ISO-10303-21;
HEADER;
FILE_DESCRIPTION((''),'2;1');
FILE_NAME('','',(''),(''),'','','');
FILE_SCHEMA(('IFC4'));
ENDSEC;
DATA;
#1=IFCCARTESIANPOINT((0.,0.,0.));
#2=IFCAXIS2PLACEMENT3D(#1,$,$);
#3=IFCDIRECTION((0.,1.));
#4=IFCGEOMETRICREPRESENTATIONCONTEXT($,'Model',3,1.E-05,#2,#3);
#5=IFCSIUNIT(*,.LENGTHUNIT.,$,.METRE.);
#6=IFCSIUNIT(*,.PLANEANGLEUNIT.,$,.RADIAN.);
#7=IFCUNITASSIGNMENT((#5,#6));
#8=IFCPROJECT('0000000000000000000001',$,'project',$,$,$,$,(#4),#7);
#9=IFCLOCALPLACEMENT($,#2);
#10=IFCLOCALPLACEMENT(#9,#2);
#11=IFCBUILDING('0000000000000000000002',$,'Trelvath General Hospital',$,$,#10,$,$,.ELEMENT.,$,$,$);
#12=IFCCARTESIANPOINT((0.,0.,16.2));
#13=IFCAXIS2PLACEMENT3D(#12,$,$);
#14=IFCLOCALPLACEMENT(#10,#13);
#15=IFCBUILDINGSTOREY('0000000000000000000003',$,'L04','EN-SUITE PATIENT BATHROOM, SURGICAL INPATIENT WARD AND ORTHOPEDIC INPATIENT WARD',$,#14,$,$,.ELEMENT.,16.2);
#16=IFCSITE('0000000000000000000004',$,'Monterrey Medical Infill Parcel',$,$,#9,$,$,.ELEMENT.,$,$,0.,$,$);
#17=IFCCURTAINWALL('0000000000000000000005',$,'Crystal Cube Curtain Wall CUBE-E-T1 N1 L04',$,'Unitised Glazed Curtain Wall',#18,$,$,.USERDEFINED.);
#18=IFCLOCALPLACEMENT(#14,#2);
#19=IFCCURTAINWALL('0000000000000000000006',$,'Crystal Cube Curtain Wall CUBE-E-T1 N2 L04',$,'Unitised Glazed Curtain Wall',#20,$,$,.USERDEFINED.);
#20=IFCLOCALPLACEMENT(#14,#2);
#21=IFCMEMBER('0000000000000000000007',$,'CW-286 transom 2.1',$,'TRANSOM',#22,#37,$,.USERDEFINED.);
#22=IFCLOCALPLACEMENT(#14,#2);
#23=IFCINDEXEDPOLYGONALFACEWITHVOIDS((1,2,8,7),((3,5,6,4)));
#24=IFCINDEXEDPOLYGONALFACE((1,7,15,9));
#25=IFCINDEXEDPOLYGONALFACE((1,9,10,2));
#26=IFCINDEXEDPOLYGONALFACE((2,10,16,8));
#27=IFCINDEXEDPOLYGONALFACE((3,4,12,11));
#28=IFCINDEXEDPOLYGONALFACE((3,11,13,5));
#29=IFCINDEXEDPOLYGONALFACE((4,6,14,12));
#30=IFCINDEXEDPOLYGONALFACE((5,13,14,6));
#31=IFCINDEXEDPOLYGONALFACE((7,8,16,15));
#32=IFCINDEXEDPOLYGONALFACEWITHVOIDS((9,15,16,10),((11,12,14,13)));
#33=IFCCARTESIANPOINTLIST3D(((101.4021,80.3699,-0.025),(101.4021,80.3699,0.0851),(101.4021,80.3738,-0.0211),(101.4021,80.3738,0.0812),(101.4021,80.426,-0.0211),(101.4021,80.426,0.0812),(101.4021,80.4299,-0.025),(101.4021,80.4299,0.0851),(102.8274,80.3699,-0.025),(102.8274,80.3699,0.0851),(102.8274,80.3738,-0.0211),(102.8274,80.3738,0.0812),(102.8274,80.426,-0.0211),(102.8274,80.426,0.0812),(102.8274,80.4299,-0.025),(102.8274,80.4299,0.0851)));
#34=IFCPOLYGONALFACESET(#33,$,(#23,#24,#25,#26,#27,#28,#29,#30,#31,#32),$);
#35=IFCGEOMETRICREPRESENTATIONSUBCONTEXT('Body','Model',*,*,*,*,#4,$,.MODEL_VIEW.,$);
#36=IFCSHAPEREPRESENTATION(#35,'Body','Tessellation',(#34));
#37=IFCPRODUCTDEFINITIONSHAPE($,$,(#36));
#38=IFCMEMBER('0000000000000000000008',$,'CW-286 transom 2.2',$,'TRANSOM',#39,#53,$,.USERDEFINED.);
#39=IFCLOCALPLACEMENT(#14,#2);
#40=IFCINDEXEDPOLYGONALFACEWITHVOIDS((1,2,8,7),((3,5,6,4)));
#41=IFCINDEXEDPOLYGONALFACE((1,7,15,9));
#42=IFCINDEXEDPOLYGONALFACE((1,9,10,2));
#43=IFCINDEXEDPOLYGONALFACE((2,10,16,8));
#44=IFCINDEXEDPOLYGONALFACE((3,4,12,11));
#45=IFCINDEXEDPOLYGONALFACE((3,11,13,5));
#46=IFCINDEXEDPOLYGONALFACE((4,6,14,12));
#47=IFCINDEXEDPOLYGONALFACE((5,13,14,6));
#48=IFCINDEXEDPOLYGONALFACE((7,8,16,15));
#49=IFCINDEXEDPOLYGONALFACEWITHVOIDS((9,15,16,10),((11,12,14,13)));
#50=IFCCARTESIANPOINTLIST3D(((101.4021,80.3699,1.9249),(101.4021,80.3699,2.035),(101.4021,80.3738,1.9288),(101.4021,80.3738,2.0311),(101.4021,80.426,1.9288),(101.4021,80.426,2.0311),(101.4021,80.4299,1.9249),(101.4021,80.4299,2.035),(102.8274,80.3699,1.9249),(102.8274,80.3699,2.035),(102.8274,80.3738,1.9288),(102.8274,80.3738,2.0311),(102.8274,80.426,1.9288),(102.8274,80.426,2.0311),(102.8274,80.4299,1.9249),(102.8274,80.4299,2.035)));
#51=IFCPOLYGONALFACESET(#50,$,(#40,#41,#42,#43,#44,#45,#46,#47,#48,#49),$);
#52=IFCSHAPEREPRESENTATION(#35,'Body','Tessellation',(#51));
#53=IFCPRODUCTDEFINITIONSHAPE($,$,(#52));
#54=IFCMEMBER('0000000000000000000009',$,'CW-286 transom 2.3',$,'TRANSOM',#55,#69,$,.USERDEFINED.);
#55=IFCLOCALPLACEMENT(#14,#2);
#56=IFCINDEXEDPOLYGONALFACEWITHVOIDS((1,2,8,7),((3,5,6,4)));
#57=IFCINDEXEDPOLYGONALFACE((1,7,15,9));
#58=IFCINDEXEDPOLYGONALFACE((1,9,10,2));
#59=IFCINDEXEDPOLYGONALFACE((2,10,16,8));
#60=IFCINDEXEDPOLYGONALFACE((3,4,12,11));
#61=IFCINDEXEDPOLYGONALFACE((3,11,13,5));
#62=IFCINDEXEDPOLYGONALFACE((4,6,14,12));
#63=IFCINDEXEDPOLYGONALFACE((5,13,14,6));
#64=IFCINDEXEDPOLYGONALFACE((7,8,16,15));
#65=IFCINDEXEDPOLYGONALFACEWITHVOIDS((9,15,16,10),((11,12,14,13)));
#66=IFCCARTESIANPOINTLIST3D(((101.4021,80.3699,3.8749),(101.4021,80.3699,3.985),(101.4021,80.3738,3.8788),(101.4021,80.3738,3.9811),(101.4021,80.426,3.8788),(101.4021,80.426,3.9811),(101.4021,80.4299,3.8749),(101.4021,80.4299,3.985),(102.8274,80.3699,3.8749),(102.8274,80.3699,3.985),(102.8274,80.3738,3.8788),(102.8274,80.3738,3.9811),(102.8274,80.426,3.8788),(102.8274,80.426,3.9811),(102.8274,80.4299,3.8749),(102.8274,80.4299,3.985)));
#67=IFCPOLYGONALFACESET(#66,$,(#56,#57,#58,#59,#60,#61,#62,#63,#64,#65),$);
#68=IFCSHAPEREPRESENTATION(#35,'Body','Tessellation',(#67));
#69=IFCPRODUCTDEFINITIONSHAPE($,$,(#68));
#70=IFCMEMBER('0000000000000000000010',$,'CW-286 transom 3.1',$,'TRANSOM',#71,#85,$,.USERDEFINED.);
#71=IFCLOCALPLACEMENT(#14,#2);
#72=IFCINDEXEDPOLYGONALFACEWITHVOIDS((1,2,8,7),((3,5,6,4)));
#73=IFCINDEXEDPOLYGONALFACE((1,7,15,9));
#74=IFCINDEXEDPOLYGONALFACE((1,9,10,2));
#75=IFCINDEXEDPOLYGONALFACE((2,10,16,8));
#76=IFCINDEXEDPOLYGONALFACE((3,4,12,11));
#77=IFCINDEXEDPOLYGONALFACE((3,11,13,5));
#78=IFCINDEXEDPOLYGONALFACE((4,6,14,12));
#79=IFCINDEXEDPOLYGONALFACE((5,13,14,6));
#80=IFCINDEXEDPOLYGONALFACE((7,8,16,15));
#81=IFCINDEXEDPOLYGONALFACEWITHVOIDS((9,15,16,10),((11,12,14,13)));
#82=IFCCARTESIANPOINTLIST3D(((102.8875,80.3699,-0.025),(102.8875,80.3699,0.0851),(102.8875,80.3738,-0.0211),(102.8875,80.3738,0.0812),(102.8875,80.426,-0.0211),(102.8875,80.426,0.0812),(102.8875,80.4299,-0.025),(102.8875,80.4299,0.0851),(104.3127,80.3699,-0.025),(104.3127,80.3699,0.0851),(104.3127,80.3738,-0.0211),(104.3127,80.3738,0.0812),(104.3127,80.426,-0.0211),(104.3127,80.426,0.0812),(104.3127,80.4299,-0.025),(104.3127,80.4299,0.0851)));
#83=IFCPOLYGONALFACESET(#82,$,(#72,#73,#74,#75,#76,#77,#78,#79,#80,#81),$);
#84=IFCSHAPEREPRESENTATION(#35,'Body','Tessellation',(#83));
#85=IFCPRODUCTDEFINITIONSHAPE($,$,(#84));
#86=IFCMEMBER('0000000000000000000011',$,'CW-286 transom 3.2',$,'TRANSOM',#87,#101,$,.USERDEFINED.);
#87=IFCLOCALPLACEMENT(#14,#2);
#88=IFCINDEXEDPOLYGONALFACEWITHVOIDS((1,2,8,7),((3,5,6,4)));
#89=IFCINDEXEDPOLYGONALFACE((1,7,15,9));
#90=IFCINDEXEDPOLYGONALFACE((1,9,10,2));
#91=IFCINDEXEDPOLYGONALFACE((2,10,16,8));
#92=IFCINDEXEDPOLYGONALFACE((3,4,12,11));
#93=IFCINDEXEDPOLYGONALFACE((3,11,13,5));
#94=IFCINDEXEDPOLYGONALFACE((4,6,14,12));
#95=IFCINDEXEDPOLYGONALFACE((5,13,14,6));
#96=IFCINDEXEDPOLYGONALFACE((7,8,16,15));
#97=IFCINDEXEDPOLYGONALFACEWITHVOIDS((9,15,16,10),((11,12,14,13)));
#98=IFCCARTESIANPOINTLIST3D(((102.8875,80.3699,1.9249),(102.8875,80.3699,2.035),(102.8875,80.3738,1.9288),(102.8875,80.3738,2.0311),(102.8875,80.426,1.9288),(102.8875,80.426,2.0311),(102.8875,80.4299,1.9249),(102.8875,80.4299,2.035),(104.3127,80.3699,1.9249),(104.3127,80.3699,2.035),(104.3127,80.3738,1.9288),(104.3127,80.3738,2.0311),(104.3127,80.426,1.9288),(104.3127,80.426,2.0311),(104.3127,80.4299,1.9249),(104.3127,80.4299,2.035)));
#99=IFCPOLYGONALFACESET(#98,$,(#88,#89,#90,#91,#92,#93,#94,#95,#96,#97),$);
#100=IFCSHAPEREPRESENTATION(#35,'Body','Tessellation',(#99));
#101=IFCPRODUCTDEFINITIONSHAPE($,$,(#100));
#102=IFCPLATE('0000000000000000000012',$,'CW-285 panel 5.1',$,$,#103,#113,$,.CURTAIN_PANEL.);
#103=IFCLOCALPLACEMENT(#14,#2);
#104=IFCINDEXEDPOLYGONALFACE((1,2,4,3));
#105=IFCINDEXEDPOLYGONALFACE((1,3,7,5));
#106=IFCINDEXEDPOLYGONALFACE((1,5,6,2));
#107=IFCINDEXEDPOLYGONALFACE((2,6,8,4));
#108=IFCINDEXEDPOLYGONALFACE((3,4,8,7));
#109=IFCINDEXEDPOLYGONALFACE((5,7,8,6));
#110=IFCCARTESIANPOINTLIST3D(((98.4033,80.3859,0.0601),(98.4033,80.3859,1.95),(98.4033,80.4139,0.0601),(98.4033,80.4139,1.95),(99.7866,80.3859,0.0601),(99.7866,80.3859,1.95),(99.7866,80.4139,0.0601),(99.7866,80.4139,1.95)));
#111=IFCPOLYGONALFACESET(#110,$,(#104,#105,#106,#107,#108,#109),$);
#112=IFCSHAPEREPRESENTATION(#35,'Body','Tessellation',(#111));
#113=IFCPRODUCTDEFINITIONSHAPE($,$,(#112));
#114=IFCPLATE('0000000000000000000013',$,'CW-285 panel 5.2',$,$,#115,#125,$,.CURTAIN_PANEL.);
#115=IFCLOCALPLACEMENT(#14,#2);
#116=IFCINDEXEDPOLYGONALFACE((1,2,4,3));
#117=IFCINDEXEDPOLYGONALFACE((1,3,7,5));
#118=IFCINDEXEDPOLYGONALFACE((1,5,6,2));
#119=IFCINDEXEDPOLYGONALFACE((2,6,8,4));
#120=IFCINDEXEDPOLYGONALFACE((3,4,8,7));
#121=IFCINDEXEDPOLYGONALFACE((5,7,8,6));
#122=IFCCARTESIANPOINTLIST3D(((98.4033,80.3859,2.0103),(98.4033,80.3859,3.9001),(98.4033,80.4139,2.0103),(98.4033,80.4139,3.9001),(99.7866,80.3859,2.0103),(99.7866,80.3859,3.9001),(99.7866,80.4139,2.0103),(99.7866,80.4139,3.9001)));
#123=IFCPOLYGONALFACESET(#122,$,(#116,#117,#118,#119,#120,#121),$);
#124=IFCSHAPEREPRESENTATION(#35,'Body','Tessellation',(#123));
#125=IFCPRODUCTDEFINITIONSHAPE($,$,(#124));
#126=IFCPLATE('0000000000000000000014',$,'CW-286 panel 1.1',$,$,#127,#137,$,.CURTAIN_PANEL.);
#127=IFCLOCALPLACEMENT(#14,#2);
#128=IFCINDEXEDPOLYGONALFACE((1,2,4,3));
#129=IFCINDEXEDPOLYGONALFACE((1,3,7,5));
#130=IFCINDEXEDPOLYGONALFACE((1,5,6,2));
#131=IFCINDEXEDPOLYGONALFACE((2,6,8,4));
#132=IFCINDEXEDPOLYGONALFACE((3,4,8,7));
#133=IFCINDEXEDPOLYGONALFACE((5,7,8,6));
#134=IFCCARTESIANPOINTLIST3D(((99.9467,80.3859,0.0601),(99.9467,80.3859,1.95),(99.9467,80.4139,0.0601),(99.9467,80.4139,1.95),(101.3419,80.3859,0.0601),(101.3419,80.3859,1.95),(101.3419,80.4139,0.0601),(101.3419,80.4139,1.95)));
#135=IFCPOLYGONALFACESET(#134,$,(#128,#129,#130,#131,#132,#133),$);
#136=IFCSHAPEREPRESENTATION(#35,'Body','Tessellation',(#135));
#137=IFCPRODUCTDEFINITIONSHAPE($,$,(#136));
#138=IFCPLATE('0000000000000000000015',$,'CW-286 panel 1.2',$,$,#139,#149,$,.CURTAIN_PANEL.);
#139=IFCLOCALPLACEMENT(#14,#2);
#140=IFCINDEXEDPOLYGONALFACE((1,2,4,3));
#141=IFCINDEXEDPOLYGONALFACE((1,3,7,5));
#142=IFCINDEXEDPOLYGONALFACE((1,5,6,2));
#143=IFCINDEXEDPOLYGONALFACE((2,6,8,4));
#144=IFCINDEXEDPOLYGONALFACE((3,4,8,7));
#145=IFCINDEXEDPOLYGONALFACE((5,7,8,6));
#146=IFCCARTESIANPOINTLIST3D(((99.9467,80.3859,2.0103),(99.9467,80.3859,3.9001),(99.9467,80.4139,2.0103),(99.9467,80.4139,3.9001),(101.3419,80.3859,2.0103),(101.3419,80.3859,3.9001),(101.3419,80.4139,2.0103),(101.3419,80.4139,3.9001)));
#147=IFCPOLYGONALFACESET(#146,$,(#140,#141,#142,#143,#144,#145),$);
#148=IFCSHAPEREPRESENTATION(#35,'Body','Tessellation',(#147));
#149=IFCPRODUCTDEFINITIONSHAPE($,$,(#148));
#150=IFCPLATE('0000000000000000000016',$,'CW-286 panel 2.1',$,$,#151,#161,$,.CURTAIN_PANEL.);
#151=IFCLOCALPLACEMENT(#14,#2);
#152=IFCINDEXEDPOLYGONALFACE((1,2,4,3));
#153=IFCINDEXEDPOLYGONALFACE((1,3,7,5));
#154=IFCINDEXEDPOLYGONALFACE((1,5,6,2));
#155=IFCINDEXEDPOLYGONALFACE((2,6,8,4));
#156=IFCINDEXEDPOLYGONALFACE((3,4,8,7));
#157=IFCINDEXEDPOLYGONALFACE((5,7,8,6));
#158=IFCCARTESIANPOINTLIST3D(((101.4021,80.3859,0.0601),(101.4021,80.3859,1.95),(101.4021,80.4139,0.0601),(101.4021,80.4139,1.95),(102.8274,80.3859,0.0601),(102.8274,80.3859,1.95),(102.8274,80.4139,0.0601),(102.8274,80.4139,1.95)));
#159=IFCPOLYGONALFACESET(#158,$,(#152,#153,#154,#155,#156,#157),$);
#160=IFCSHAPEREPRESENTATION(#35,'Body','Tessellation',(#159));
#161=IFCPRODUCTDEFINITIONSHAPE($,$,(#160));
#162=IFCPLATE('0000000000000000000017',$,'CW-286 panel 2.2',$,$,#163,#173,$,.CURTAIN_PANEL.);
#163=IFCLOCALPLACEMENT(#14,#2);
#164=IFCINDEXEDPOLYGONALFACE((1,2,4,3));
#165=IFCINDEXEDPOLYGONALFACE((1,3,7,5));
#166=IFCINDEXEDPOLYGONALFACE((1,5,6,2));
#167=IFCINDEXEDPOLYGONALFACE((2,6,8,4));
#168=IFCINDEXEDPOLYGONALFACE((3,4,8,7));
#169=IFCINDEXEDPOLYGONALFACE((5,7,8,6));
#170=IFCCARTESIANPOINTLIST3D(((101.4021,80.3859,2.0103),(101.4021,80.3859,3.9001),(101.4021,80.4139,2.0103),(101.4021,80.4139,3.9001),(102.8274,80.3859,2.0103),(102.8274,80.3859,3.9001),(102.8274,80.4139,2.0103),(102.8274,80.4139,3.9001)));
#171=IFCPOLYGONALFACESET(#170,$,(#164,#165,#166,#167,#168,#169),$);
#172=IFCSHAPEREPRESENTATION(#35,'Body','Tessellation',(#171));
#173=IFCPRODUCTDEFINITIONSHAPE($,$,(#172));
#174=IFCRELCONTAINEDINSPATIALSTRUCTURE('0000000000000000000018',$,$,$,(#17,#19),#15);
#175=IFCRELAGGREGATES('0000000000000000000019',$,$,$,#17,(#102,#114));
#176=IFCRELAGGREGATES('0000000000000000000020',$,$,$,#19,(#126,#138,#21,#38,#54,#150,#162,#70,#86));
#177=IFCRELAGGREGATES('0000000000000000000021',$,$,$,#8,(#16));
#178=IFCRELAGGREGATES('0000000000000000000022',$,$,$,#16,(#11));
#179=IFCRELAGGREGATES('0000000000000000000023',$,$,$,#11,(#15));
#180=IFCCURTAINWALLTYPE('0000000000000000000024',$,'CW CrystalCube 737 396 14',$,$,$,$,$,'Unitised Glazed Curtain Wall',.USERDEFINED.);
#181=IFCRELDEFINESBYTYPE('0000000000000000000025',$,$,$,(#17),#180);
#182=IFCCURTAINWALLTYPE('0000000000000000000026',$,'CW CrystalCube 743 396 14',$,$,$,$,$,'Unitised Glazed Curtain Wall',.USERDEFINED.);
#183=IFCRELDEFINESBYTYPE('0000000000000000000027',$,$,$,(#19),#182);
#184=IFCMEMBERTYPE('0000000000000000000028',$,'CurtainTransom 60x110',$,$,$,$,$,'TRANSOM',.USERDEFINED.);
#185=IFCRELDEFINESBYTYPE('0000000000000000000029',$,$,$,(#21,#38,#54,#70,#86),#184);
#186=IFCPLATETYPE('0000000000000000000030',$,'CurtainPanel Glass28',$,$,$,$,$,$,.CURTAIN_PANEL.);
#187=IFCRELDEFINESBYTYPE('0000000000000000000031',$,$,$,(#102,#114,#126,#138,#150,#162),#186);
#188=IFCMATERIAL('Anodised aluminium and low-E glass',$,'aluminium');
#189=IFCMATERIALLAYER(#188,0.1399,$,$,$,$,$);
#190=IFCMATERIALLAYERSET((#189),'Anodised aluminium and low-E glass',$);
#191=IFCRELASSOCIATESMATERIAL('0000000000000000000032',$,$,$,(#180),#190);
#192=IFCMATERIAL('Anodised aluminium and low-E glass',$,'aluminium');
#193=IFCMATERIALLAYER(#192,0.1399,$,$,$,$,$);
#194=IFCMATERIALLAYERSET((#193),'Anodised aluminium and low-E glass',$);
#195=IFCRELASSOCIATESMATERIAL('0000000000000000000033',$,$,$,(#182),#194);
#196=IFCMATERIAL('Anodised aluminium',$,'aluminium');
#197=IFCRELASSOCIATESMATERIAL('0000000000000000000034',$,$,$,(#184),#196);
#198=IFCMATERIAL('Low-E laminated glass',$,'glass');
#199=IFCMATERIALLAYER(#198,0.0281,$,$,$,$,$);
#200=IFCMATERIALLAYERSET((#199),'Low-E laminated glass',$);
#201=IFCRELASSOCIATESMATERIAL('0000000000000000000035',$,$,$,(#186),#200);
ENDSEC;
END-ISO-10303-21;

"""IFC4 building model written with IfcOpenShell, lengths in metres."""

from ifc_helpers import new_model, si_unit, direction, frame, origin, origin_2d, place, context, subcontext, project, spatial, rectangle, hollow_rectangle, extrude, material, layer, layer_set, material_profile, profile_set, type_object, element, aggregate, save


model = new_model("IFC4")

# Units and contexts
model_context = context("Model", 3, precision=1e-05, world=origin(), true_north=direction((0.0, 1.0)))
body_context = subcontext(model_context, "Body", "Model", "MODEL_VIEW")
ifc_project = project(units=[si_unit("LENGTHUNIT", "METRE"), si_unit("PLANEANGLEUNIT", "RADIAN")], contexts=[model_context])

# Site, building, storey
site_placement = place(None, origin())
site = spatial("IfcSite", under=ifc_project, at=site_placement, Name="Monterrey Medical Infill Parcel", CompositionType="ELEMENT", RefElevation=0.0)
building_placement = place(site_placement, origin())
building = spatial("IfcBuilding", under=site, at=building_placement, Name="Trelvath General Hospital", CompositionType="ELEMENT")
storey_placement = place(building_placement, frame((0.0, 0.0, 16.2)))
storey = spatial("IfcBuildingStorey", under=building, at=storey_placement, Name="L04", Description="EN-SUITE PATIENT BATHROOM, SURGICAL INPATIENT WARD AND ORTHOPEDIC INPATIENT WARD", CompositionType="ELEMENT", Elevation=16.2)

# Curtain walls
ifc_material_1 = material(Name="Anodised aluminium and low-E glass", Category="aluminium")
ifc_layer_1 = layer(ifc_material_1, 0.1399)
ifc_layer_set_1 = layer_set([ifc_layer_1], Name="Anodised aluminium and low-E glass")
curtain_wall_type_1 = type_object("IfcCurtainWallType", Name="CW CrystalCube 737 396 14", ElementType="Unitised Glazed Curtain Wall", PredefinedType="USERDEFINED", material=ifc_layer_set_1)
curtain_wall_1_placement = place(storey_placement, origin())
curtain_wall_1 = element("IfcCurtainWall", 1, at=curtain_wall_1_placement, inside=storey, type_object=curtain_wall_type_1, Name="Crystal Cube Curtain Wall CUBE-E-T1 N1 L04", ObjectType="Unitised Glazed Curtain Wall", PredefinedType="USERDEFINED")
ifc_material_2 = material(Name="Anodised aluminium and low-E glass", Category="aluminium")
ifc_layer_2 = layer(ifc_material_2, 0.1399)
ifc_layer_set_2 = layer_set([ifc_layer_2], Name="Anodised aluminium and low-E glass")
curtain_wall_type_2 = type_object("IfcCurtainWallType", Name="CW CrystalCube 743 396 14", ElementType="Unitised Glazed Curtain Wall", PredefinedType="USERDEFINED", material=ifc_layer_set_2)
curtain_wall_2_placement = place(storey_placement, origin())
curtain_wall_2 = element("IfcCurtainWall", 2, at=curtain_wall_2_placement, inside=storey, type_object=curtain_wall_type_2, Name="Crystal Cube Curtain Wall CUBE-E-T1 N2 L04", ObjectType="Unitised Glazed Curtain Wall", PredefinedType="USERDEFINED")

# Members
ifc_material_3 = material(Name="Anodised aluminium", Category="aluminium")
ifc_material_profile_1 = material_profile(ifc_material_3, hollow_rectangle(XDim=0.0601, YDim=0.1101, WallThickness=0.0039, at=origin_2d()), Name="RHS60x110x4")
ifc_profile_set_1 = profile_set([ifc_material_profile_1], Name="Anodised aluminium")
member_type_1 = type_object("IfcMemberType", Name="CurtainTransom 60x110", ElementType="TRANSOM", PredefinedType="USERDEFINED", material=ifc_profile_set_1)
member_1_placement = place(storey_placement, frame((101.4021, 80.3999, 0.03), z_axis=(1.0, 0.0, 0.0), x_axis=(0.0, 1.0, 0.0)))
member_1 = element("IfcMember", 3, at=member_1_placement, type_object=member_type_1, Name="CW-286 transom 2.1", ObjectType="TRANSOM", PredefinedType="USERDEFINED", context=body_context, shape_type="SweptSolid", body=[
    extrude(hollow_rectangle(XDim=0.0601, YDim=0.1101, WallThickness=0.0039, at=origin_2d()), origin(), (0.0, 0.0, 1.0), 1.4253),
])
member_2_placement = place(storey_placement, frame((101.4021, 80.3999, 1.98), z_axis=(1.0, 0.0, 0.0), x_axis=(0.0, 1.0, 0.0)))
member_2 = element("IfcMember", 4, at=member_2_placement, type_object=member_type_1, Name="CW-286 transom 2.2", ObjectType="TRANSOM", PredefinedType="USERDEFINED", context=body_context, shape_type="SweptSolid", body=[
    extrude(hollow_rectangle(XDim=0.0601, YDim=0.1101, WallThickness=0.0039, at=origin_2d()), origin(), (0.0, 0.0, 1.0), 1.4253),
])
member_3_placement = place(storey_placement, frame((101.4021, 80.3999, 3.9299), z_axis=(1.0, 0.0, 0.0), x_axis=(0.0, 1.0, 0.0)))
member_3 = element("IfcMember", 5, at=member_3_placement, type_object=member_type_1, Name="CW-286 transom 2.3", ObjectType="TRANSOM", PredefinedType="USERDEFINED", context=body_context, shape_type="SweptSolid", body=[
    extrude(hollow_rectangle(XDim=0.0601, YDim=0.1101, WallThickness=0.0039, at=origin_2d()), origin(), (0.0, 0.0, 1.0), 1.4253),
])
member_4_placement = place(storey_placement, frame((102.8875, 80.3999, 0.03), z_axis=(1.0, 0.0, 0.0), x_axis=(0.0, 1.0, 0.0)))
member_4 = element("IfcMember", 6, at=member_4_placement, type_object=member_type_1, Name="CW-286 transom 3.1", ObjectType="TRANSOM", PredefinedType="USERDEFINED", context=body_context, shape_type="SweptSolid", body=[
    extrude(hollow_rectangle(XDim=0.0601, YDim=0.1101, WallThickness=0.0039, at=origin_2d()), origin(), (0.0, 0.0, 1.0), 1.4253),
])
member_5_placement = place(storey_placement, frame((102.8875, 80.3999, 1.98), z_axis=(1.0, 0.0, 0.0), x_axis=(0.0, 1.0, 0.0)))
member_5 = element("IfcMember", 7, at=member_5_placement, type_object=member_type_1, Name="CW-286 transom 3.2", ObjectType="TRANSOM", PredefinedType="USERDEFINED", context=body_context, shape_type="SweptSolid", body=[
    extrude(hollow_rectangle(XDim=0.0601, YDim=0.1101, WallThickness=0.0039, at=origin_2d()), origin(), (0.0, 0.0, 1.0), 1.4253),
])

# Plates
ifc_material_4 = material(Name="Low-E laminated glass", Category="glass")
ifc_layer_3 = layer(ifc_material_4, 0.0281)
ifc_layer_set_3 = layer_set([ifc_layer_3], Name="Low-E laminated glass")
plate_type = type_object("IfcPlateType", Name="CurtainPanel Glass28", PredefinedType="CURTAIN_PANEL", material=ifc_layer_set_3)
plate_1_placement = place(storey_placement, frame((99.095, 80.3999, 0.0601), z_axis=(0.0, 0.0, 1.0), x_axis=(1.0, 0.0, 0.0)))
plate_1 = element("IfcPlate", 8, at=plate_1_placement, type_object=plate_type, Name="CW-285 panel 5.1", PredefinedType="CURTAIN_PANEL", context=body_context, shape_type="SweptSolid", body=[
    extrude(rectangle(XDim=1.3833, YDim=0.0281, at=origin_2d()), origin(), (0.0, 0.0, 1.0), 1.8899),
])
plate_2_placement = place(storey_placement, frame((99.095, 80.3999, 2.0103), z_axis=(0.0, 0.0, 1.0), x_axis=(1.0, 0.0, 0.0)))
plate_2 = element("IfcPlate", 9, at=plate_2_placement, type_object=plate_type, Name="CW-285 panel 5.2", PredefinedType="CURTAIN_PANEL", context=body_context, shape_type="SweptSolid", body=[
    extrude(rectangle(XDim=1.3833, YDim=0.0281, at=origin_2d()), origin(), (0.0, 0.0, 1.0), 1.8899),
])
aggregate(curtain_wall_1, [plate_1, plate_2])
plate_3_placement = place(storey_placement, frame((100.6443, 80.3999, 0.0601), z_axis=(0.0, 0.0, 1.0), x_axis=(1.0, 0.0, 0.0)))
plate_3 = element("IfcPlate", 10, at=plate_3_placement, type_object=plate_type, Name="CW-286 panel 1.1", PredefinedType="CURTAIN_PANEL", context=body_context, shape_type="SweptSolid", body=[
    extrude(rectangle(XDim=1.3953, YDim=0.0281, at=origin_2d()), origin(), (0.0, 0.0, 1.0), 1.8899),
])
plate_4_placement = place(storey_placement, frame((100.6443, 80.3999, 2.0103), z_axis=(0.0, 0.0, 1.0), x_axis=(1.0, 0.0, 0.0)))
plate_4 = element("IfcPlate", 11, at=plate_4_placement, type_object=plate_type, Name="CW-286 panel 1.2", PredefinedType="CURTAIN_PANEL", context=body_context, shape_type="SweptSolid", body=[
    extrude(rectangle(XDim=1.3953, YDim=0.0281, at=origin_2d()), origin(), (0.0, 0.0, 1.0), 1.8899),
])
plate_5_placement = place(storey_placement, frame((102.1147, 80.3999, 0.0601), z_axis=(0.0, 0.0, 1.0), x_axis=(1.0, 0.0, 0.0)))
plate_5 = element("IfcPlate", 12, at=plate_5_placement, type_object=plate_type, Name="CW-286 panel 2.1", PredefinedType="CURTAIN_PANEL", context=body_context, shape_type="SweptSolid", body=[
    extrude(rectangle(XDim=1.4253, YDim=0.0281, at=origin_2d()), origin(), (0.0, 0.0, 1.0), 1.8899),
])
plate_6_placement = place(storey_placement, frame((102.1147, 80.3999, 2.0103), z_axis=(0.0, 0.0, 1.0), x_axis=(1.0, 0.0, 0.0)))
plate_6 = element("IfcPlate", 13, at=plate_6_placement, type_object=plate_type, Name="CW-286 panel 2.2", PredefinedType="CURTAIN_PANEL", context=body_context, shape_type="SweptSolid", body=[
    extrude(rectangle(XDim=1.4253, YDim=0.0281, at=origin_2d()), origin(), (0.0, 0.0, 1.0), 1.8899),
])
aggregate(curtain_wall_2, [plate_3, plate_4, member_1, member_2, member_3, plate_5, plate_6, member_4, member_5])

save(model, "model.ifc")
